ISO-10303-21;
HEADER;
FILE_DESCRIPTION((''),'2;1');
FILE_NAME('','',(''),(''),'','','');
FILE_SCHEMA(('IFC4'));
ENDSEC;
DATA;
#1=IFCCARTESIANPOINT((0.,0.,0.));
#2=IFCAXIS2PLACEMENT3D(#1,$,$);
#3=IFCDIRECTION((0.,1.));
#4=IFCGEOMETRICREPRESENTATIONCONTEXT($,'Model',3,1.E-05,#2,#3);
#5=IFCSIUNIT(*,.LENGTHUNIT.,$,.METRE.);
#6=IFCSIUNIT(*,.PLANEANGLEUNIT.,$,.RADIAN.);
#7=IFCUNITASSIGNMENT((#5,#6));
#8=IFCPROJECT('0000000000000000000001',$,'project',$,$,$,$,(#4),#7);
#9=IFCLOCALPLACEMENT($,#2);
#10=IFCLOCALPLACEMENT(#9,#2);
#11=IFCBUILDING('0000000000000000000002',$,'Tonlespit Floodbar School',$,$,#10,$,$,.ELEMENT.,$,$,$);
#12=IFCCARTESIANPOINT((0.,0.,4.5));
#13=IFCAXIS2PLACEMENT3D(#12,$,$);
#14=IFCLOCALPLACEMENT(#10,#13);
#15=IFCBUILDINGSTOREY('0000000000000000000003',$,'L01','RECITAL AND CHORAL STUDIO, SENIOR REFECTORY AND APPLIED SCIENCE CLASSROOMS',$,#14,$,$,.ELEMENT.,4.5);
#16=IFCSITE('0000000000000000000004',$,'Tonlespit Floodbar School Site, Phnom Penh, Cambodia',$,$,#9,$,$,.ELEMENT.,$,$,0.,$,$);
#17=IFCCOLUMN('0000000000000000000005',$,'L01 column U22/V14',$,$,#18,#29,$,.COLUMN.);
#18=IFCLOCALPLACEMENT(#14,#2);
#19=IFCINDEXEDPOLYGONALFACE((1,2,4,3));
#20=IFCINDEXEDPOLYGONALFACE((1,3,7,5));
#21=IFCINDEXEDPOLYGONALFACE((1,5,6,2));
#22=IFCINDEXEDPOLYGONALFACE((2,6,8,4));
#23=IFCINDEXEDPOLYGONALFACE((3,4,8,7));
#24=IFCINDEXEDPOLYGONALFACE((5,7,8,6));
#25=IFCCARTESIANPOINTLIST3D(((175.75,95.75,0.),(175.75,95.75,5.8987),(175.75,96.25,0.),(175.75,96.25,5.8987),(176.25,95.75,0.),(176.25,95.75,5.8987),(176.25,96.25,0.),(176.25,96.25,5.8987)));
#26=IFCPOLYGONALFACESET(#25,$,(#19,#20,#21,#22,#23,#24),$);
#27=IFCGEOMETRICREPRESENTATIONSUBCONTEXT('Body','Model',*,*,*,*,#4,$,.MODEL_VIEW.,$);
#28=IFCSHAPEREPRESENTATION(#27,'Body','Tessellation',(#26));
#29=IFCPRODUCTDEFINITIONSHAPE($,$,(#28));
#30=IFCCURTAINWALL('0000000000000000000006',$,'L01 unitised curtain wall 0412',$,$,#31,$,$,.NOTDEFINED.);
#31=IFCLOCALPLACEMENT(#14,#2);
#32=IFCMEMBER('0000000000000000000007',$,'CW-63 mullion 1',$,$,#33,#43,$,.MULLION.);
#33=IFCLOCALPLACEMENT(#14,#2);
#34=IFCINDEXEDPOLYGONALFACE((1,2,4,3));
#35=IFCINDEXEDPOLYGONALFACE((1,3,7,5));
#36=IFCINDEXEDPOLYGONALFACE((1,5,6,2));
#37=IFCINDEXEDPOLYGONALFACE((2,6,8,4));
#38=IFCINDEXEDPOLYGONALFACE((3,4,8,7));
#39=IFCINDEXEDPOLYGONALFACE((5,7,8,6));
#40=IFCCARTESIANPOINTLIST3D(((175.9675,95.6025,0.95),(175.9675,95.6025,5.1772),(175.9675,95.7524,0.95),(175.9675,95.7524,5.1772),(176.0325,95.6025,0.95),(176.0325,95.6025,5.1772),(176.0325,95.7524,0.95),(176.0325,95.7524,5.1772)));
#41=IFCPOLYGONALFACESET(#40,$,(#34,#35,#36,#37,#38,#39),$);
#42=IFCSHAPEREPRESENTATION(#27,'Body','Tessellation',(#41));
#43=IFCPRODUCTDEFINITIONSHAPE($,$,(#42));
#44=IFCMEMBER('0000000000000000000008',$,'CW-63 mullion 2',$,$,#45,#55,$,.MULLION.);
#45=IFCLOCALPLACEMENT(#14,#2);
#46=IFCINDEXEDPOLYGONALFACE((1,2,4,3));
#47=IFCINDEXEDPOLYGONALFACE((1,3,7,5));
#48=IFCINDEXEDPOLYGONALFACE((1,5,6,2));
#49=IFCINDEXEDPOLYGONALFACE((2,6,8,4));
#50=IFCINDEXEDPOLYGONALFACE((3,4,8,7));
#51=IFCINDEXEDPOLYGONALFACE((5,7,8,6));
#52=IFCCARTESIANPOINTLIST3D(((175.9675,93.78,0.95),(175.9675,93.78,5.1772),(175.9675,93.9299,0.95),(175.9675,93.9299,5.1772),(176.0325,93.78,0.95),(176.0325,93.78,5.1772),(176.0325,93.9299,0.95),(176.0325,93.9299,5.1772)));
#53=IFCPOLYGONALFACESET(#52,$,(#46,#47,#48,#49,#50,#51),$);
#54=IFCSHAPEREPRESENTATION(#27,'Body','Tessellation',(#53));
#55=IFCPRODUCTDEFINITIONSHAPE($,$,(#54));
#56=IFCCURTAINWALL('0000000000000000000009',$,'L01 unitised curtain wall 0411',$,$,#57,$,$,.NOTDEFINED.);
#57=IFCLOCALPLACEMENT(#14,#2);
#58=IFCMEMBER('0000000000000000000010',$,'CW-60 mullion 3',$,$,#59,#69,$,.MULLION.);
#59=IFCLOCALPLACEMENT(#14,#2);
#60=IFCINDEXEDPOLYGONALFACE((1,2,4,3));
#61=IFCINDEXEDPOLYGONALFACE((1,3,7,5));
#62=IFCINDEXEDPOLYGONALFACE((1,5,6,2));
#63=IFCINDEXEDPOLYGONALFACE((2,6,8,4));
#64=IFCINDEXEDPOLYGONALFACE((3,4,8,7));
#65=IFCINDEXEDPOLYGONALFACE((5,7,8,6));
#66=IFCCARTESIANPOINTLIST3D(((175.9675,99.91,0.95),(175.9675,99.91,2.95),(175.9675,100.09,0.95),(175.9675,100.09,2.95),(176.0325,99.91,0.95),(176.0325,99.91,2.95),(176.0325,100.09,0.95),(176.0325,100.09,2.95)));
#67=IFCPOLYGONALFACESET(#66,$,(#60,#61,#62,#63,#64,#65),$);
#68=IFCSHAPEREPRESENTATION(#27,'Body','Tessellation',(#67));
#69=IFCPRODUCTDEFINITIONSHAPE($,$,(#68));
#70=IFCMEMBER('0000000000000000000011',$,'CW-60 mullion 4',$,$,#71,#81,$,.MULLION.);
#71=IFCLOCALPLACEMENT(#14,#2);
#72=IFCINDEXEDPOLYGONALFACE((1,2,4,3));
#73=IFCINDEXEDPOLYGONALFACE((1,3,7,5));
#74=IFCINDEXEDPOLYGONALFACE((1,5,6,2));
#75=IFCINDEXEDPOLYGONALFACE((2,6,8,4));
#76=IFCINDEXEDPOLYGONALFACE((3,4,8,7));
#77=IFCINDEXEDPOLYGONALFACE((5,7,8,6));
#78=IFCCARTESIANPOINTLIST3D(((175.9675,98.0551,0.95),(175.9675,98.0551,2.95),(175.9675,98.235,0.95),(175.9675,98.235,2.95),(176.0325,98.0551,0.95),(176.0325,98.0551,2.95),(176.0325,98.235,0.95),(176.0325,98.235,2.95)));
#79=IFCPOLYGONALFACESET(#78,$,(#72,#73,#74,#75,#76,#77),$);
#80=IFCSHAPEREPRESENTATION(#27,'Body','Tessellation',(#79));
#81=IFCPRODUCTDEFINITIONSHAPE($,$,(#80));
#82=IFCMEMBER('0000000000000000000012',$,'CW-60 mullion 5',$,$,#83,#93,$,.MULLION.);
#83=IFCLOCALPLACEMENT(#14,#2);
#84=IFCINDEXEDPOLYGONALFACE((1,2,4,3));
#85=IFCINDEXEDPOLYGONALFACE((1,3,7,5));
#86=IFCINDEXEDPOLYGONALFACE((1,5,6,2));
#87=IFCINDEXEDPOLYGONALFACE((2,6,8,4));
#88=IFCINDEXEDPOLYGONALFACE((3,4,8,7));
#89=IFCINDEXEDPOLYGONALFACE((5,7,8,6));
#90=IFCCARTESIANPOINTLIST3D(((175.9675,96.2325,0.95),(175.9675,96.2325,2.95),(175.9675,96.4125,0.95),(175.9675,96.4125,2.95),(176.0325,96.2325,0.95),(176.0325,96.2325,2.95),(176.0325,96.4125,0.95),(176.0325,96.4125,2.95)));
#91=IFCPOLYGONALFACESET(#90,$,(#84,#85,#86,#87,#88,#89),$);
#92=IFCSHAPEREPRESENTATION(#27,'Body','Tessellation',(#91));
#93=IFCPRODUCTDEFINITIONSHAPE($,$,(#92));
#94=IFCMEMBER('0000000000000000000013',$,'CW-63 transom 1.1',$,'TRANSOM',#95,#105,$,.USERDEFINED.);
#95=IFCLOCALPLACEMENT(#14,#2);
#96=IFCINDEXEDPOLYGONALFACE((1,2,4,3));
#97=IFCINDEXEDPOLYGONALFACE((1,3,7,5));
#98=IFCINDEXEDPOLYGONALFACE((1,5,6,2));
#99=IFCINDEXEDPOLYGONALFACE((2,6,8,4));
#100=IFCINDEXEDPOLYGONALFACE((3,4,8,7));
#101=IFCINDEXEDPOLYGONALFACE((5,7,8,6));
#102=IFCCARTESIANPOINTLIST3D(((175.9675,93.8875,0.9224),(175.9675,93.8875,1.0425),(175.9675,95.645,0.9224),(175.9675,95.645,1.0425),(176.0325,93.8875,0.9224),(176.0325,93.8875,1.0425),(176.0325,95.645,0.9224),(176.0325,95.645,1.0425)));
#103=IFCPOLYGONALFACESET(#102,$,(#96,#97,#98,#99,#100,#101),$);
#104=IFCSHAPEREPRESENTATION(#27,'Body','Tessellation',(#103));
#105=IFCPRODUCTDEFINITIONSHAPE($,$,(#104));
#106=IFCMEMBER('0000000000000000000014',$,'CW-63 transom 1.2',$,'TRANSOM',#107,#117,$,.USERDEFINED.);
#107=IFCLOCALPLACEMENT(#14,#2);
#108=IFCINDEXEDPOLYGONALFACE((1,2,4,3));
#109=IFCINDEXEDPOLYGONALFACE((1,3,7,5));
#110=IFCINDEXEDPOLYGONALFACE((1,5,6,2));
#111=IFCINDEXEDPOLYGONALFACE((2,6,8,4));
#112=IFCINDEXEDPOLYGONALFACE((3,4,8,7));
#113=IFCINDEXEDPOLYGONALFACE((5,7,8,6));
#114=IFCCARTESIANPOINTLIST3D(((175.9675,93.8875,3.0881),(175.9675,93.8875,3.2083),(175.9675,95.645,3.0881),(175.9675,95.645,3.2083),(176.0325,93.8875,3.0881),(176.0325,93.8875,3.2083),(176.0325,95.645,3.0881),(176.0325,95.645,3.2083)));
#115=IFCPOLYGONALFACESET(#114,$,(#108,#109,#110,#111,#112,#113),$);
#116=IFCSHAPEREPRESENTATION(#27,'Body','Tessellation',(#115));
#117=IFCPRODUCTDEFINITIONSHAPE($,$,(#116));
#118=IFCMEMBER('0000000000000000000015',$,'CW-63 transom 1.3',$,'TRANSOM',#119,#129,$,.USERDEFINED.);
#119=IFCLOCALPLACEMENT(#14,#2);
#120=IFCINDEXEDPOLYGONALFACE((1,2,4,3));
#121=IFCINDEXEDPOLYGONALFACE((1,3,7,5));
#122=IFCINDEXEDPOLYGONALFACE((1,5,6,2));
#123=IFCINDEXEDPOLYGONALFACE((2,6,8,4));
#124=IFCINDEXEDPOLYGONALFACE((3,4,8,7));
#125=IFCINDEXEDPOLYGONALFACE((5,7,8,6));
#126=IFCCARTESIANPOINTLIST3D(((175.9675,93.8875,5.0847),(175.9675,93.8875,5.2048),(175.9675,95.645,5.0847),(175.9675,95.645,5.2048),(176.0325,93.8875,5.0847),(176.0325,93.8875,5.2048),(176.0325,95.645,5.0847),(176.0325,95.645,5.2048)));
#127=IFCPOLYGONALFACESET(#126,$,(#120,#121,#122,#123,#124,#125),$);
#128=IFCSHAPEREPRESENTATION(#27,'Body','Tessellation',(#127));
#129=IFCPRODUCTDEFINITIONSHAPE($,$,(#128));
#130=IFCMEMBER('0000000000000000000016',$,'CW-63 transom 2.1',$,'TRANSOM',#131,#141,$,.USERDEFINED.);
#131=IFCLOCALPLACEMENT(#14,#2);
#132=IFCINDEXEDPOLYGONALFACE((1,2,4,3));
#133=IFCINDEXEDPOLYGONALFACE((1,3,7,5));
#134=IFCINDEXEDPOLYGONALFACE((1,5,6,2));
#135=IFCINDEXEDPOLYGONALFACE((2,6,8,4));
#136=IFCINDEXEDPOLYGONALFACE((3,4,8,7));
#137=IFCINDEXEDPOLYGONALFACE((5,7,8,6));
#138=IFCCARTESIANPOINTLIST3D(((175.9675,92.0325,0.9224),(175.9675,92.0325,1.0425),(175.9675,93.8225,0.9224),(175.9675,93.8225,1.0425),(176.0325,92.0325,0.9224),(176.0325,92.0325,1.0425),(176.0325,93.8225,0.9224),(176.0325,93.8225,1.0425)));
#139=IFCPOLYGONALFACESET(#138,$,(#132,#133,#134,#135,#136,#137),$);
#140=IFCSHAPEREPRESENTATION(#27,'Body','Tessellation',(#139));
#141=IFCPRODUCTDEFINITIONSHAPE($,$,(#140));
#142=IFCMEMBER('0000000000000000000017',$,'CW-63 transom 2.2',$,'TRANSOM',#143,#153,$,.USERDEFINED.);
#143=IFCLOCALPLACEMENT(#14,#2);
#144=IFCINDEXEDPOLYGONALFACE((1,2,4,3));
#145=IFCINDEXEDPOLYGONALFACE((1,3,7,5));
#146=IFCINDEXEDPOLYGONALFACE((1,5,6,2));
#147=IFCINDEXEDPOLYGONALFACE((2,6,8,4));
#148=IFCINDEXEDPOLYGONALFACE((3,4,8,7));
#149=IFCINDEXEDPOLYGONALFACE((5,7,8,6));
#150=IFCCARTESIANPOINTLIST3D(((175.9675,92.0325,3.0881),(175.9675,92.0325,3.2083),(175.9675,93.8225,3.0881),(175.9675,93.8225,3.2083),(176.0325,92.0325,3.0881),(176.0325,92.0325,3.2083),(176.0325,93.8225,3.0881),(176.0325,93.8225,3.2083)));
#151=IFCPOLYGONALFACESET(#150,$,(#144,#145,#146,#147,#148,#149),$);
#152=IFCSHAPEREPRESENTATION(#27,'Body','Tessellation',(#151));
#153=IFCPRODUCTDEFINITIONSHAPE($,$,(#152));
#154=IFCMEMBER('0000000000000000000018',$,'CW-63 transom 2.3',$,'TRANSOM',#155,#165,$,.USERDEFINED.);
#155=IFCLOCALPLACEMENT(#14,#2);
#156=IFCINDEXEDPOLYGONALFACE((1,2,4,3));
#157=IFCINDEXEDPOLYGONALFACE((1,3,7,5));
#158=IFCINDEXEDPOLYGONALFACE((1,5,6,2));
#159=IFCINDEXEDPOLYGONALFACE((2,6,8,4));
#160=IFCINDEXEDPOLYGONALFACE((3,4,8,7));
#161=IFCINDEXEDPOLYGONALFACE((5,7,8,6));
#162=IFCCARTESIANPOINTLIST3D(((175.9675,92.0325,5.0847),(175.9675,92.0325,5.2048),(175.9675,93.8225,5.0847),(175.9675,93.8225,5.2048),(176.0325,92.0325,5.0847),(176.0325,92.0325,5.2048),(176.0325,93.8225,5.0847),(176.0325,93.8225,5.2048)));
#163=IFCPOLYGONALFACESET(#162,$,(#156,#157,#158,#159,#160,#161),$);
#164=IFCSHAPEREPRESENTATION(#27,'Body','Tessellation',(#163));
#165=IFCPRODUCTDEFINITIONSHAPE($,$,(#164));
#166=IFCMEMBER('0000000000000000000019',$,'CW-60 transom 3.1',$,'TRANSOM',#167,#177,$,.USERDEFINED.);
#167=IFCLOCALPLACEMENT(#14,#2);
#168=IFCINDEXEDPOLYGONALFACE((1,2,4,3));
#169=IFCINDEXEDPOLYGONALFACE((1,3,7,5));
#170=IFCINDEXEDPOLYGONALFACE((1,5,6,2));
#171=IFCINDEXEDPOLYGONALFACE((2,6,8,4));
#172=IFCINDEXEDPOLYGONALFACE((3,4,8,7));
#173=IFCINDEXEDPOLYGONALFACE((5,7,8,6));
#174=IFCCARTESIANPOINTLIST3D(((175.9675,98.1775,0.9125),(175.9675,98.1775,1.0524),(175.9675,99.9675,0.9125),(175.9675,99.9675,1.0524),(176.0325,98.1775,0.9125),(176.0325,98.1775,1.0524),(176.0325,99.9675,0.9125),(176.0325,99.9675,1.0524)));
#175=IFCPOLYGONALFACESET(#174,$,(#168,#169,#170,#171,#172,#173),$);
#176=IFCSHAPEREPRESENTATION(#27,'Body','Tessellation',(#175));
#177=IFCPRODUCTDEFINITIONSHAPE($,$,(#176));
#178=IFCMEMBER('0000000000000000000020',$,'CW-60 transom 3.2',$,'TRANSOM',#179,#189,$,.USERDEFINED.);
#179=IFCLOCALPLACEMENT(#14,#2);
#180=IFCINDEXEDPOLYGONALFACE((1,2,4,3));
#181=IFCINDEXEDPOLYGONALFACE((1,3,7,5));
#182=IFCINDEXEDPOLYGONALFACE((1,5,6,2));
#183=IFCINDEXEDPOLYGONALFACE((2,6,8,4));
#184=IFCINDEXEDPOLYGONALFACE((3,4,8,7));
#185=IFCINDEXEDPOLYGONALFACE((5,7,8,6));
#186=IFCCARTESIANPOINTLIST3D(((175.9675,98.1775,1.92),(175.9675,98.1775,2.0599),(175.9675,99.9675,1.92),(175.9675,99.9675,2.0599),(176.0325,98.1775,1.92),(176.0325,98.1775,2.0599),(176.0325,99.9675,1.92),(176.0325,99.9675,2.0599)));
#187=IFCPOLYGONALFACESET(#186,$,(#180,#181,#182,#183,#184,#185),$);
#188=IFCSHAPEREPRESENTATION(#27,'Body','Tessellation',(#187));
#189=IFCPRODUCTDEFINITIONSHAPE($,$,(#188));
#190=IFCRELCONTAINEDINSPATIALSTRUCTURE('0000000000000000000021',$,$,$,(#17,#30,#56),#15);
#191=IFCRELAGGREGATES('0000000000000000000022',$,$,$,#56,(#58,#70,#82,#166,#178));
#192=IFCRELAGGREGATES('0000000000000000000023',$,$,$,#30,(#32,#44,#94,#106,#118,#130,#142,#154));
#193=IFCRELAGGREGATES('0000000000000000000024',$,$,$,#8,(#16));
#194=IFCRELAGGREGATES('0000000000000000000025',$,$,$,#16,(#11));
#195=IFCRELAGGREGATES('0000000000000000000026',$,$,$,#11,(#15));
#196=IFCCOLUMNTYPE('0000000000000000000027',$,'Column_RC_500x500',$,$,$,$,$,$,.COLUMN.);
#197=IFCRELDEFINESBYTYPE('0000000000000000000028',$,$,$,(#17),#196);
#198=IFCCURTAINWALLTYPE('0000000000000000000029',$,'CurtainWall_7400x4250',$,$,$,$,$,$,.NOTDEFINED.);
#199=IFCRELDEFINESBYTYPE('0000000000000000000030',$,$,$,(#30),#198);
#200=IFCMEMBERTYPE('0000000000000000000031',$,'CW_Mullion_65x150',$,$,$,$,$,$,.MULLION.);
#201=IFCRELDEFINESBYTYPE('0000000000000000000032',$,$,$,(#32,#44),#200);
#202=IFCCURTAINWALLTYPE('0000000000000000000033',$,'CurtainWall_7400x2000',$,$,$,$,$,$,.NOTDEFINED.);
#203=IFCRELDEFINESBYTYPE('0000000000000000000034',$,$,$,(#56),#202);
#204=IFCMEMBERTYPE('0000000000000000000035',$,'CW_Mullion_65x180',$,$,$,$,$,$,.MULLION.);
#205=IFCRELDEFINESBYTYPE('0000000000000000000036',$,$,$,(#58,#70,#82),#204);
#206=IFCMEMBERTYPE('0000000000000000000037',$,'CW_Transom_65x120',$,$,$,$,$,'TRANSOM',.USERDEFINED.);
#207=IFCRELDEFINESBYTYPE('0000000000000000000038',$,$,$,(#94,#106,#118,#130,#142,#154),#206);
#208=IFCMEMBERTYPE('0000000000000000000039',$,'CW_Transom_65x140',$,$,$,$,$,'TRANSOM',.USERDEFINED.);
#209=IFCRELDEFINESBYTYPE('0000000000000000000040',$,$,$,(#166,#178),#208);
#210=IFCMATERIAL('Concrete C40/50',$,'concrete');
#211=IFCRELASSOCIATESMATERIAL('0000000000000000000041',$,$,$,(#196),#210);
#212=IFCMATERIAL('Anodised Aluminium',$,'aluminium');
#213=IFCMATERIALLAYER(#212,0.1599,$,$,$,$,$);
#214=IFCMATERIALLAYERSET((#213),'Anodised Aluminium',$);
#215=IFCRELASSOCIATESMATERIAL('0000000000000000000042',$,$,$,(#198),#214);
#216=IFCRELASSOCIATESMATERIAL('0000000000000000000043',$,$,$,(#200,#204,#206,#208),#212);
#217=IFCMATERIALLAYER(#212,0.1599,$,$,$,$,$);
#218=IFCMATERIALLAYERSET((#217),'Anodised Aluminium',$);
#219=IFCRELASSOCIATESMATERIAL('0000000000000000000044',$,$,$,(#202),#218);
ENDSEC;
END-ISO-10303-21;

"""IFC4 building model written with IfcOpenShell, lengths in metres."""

from ifc_helpers import new_model, si_unit, direction, frame, origin, origin_2d, place, context, subcontext, project, spatial, rectangle, extrude, material, layer, layer_set, material_profile, profile_set, type_object, element, aggregate, save


model = new_model("IFC4")

# Units and contexts
model_context = context("Model", 3, precision=1e-05, world=origin(), true_north=direction((0.0, 1.0)))
body_context = subcontext(model_context, "Body", "Model", "MODEL_VIEW")
ifc_project = project(units=[si_unit("LENGTHUNIT", "METRE"), si_unit("PLANEANGLEUNIT", "RADIAN")], contexts=[model_context])

# Site, building, storey
site_placement = place(None, origin())
site = spatial("IfcSite", under=ifc_project, at=site_placement, Name="Tonlespit Floodbar School Site, Phnom Penh, Cambodia", CompositionType="ELEMENT", RefElevation=0.0)
building_placement = place(site_placement, origin())
building = spatial("IfcBuilding", under=site, at=building_placement, Name="Tonlespit Floodbar School", CompositionType="ELEMENT")
storey_placement = place(building_placement, frame((0.0, 0.0, 4.5)))
storey = spatial("IfcBuildingStorey", under=building, at=storey_placement, Name="L01", Description="RECITAL AND CHORAL STUDIO, SENIOR REFECTORY AND APPLIED SCIENCE CLASSROOMS", CompositionType="ELEMENT", Elevation=4.5)

# Column
ifc_material_1 = material(Name="Concrete C40/50", Category="concrete")
ifc_material_profile_1 = material_profile(ifc_material_1, rectangle(XDim=0.5, YDim=0.5, at=origin_2d()), Name="RC 500x500")
ifc_profile_set_1 = profile_set([ifc_material_profile_1], Name="Concrete C40/50")
column_type = type_object("IfcColumnType", Name="Column_RC_500x500", PredefinedType="COLUMN", material=ifc_profile_set_1)
column_placement = place(storey_placement, frame((176.0, 96.0, 0.0), z_axis=(0.0, 0.0, 1.0), x_axis=(1.0, 0.0, 0.0)))
element("IfcColumn", 1, at=column_placement, inside=storey, type_object=column_type, Name="L01 column U22/V14", PredefinedType="COLUMN", context=body_context, shape_type="SweptSolid", body=[
    extrude(rectangle(XDim=0.5, YDim=0.5, at=origin_2d()), origin(), (0.0, 0.0, 1.0), 5.8987),
])

# Curtain walls, members
ifc_material_2 = material(Name="Anodised Aluminium", Category="aluminium")
ifc_layer_1 = layer(ifc_material_2, 0.1599)
ifc_layer_set_1 = layer_set([ifc_layer_1], Name="Anodised Aluminium")
curtain_wall_type_1 = type_object("IfcCurtainWallType", Name="CurtainWall_7400x4250", PredefinedType="NOTDEFINED", material=ifc_layer_set_1)
curtain_wall_1_placement = place(storey_placement, origin())
curtain_wall_1 = element("IfcCurtainWall", 2, at=curtain_wall_1_placement, inside=storey, type_object=curtain_wall_type_1, Name="L01 unitised curtain wall 0412", PredefinedType="NOTDEFINED")
ifc_material_profile_2 = material_profile(ifc_material_2, rectangle(XDim=0.0649, YDim=0.1499, at=origin_2d()), Name="ALU M65x150")
ifc_profile_set_2 = profile_set([ifc_material_profile_2], Name="Anodised Aluminium")
member_type_1 = type_object("IfcMemberType", Name="CW_Mullion_65x150", PredefinedType="MULLION", material=ifc_profile_set_2)
member_1_placement = place(storey_placement, frame((176.0, 95.6775, 0.95), z_axis=(0.0, 0.0, 1.0), x_axis=(1.0, 0.0, 0.0)))
member_1 = element("IfcMember", 3, at=member_1_placement, type_object=member_type_1, Name="CW-63 mullion 1", PredefinedType="MULLION", context=body_context, shape_type="SweptSolid", body=[
    extrude(rectangle(XDim=0.0649, YDim=0.1499, at=origin_2d()), origin(), (0.0, 0.0, 1.0), 4.2273),
])
member_2_placement = place(storey_placement, frame((176.0, 93.855, 0.95), z_axis=(0.0, 0.0, 1.0), x_axis=(1.0, 0.0, 0.0)))
member_2 = element("IfcMember", 4, at=member_2_placement, type_object=member_type_1, Name="CW-63 mullion 2", PredefinedType="MULLION", context=body_context, shape_type="SweptSolid", body=[
    extrude(rectangle(XDim=0.0649, YDim=0.1499, at=origin_2d()), origin(), (0.0, 0.0, 1.0), 4.2273),
])
ifc_layer_2 = layer(ifc_material_2, 0.1599)
ifc_layer_set_2 = layer_set([ifc_layer_2], Name="Anodised Aluminium")
curtain_wall_type_2 = type_object("IfcCurtainWallType", Name="CurtainWall_7400x2000", PredefinedType="NOTDEFINED", material=ifc_layer_set_2)
curtain_wall_2_placement = place(storey_placement, origin())
curtain_wall_2 = element("IfcCurtainWall", 5, at=curtain_wall_2_placement, inside=storey, type_object=curtain_wall_type_2, Name="L01 unitised curtain wall 0411", PredefinedType="NOTDEFINED")
ifc_material_profile_3 = material_profile(ifc_material_2, rectangle(XDim=0.0649, YDim=0.1799, at=origin_2d()), Name="ALU M65x180")
ifc_profile_set_3 = profile_set([ifc_material_profile_3], Name="Anodised Aluminium")
member_type_2 = type_object("IfcMemberType", Name="CW_Mullion_65x180", PredefinedType="MULLION", material=ifc_profile_set_3)
member_3_placement = place(storey_placement, frame((176.0, 100.0, 0.95), z_axis=(0.0, 0.0, 1.0), x_axis=(1.0, 0.0, 0.0)))
member_3 = element("IfcMember", 6, at=member_3_placement, type_object=member_type_2, Name="CW-60 mullion 3", PredefinedType="MULLION", context=body_context, shape_type="SweptSolid", body=[
    extrude(rectangle(XDim=0.0649, YDim=0.1799, at=origin_2d()), origin(), (0.0, 0.0, 1.0), 2.0),
])
member_4_placement = place(storey_placement, frame((176.0, 98.145, 0.95), z_axis=(0.0, 0.0, 1.0), x_axis=(1.0, 0.0, 0.0)))
member_4 = element("IfcMember", 7, at=member_4_placement, type_object=member_type_2, Name="CW-60 mullion 4", PredefinedType="MULLION", context=body_context, shape_type="SweptSolid", body=[
    extrude(rectangle(XDim=0.0649, YDim=0.1799, at=origin_2d()), origin(), (0.0, 0.0, 1.0), 2.0),
])
member_5_placement = place(storey_placement, frame((176.0, 96.3225, 0.95), z_axis=(0.0, 0.0, 1.0), x_axis=(1.0, 0.0, 0.0)))
member_5 = element("IfcMember", 8, at=member_5_placement, type_object=member_type_2, Name="CW-60 mullion 5", PredefinedType="MULLION", context=body_context, shape_type="SweptSolid", body=[
    extrude(rectangle(XDim=0.0649, YDim=0.1799, at=origin_2d()), origin(), (0.0, 0.0, 1.0), 2.0),
])

# Members
ifc_material_profile_4 = material_profile(ifc_material_2, rectangle(XDim=0.0649, YDim=0.1201, at=origin_2d()), Name="ALU T65x120")
ifc_profile_set_4 = profile_set([ifc_material_profile_4], Name="Anodised Aluminium")
member_type_3 = type_object("IfcMemberType", Name="CW_Transom_65x120", ElementType="TRANSOM", PredefinedType="USERDEFINED", material=ifc_profile_set_4)
member_6_placement = place(storey_placement, frame((176.0, 95.645, 0.9824), z_axis=(0.0, -1.0, 0.0), x_axis=(1.0, 0.0, 0.0)))
member_6 = element("IfcMember", 9, at=member_6_placement, type_object=member_type_3, Name="CW-63 transom 1.1", ObjectType="TRANSOM", PredefinedType="USERDEFINED", context=body_context, shape_type="SweptSolid", body=[
    extrude(rectangle(XDim=0.0649, YDim=0.1201, at=origin_2d()), origin(), (0.0, 0.0, 1.0), 1.7576),
])
member_7_placement = place(storey_placement, frame((176.0, 95.645, 3.1482), z_axis=(0.0, -1.0, 0.0), x_axis=(1.0, 0.0, 0.0)))
member_7 = element("IfcMember", 10, at=member_7_placement, type_object=member_type_3, Name="CW-63 transom 1.2", ObjectType="TRANSOM", PredefinedType="USERDEFINED", context=body_context, shape_type="SweptSolid", body=[
    extrude(rectangle(XDim=0.0649, YDim=0.1201, at=origin_2d()), origin(), (0.0, 0.0, 1.0), 1.7576),
])
member_8_placement = place(storey_placement, frame((176.0, 95.645, 5.1448), z_axis=(0.0, -1.0, 0.0), x_axis=(1.0, 0.0, 0.0)))
member_8 = element("IfcMember", 11, at=member_8_placement, type_object=member_type_3, Name="CW-63 transom 1.3", ObjectType="TRANSOM", PredefinedType="USERDEFINED", context=body_context, shape_type="SweptSolid", body=[
    extrude(rectangle(XDim=0.0649, YDim=0.1201, at=origin_2d()), origin(), (0.0, 0.0, 1.0), 1.7576),
])
member_9_placement = place(storey_placement, frame((176.0, 93.8225, 0.9824), z_axis=(0.0, -1.0, 0.0), x_axis=(1.0, 0.0, 0.0)))
member_9 = element("IfcMember", 12, at=member_9_placement, type_object=member_type_3, Name="CW-63 transom 2.1", ObjectType="TRANSOM", PredefinedType="USERDEFINED", context=body_context, shape_type="SweptSolid", body=[
    extrude(rectangle(XDim=0.0649, YDim=0.1201, at=origin_2d()), origin(), (0.0, 0.0, 1.0), 1.79),
])
member_10_placement = place(storey_placement, frame((176.0, 93.8225, 3.1482), z_axis=(0.0, -1.0, 0.0), x_axis=(1.0, 0.0, 0.0)))
member_10 = element("IfcMember", 13, at=member_10_placement, type_object=member_type_3, Name="CW-63 transom 2.2", ObjectType="TRANSOM", PredefinedType="USERDEFINED", context=body_context, shape_type="SweptSolid", body=[
    extrude(rectangle(XDim=0.0649, YDim=0.1201, at=origin_2d()), origin(), (0.0, 0.0, 1.0), 1.79),
])
member_11_placement = place(storey_placement, frame((176.0, 93.8225, 5.1448), z_axis=(0.0, -1.0, 0.0), x_axis=(1.0, 0.0, 0.0)))
member_11 = element("IfcMember", 14, at=member_11_placement, type_object=member_type_3, Name="CW-63 transom 2.3", ObjectType="TRANSOM", PredefinedType="USERDEFINED", context=body_context, shape_type="SweptSolid", body=[
    extrude(rectangle(XDim=0.0649, YDim=0.1201, at=origin_2d()), origin(), (0.0, 0.0, 1.0), 1.79),
])
ifc_material_profile_5 = material_profile(ifc_material_2, rectangle(XDim=0.0649, YDim=0.1399, at=origin_2d()), Name="ALU T65x140")
ifc_profile_set_5 = profile_set([ifc_material_profile_5], Name="Anodised Aluminium")
member_type_4 = type_object("IfcMemberType", Name="CW_Transom_65x140", ElementType="TRANSOM", PredefinedType="USERDEFINED", material=ifc_profile_set_5)
member_12_placement = place(storey_placement, frame((176.0, 99.9675, 0.9824), z_axis=(0.0, -1.0, 0.0), x_axis=(1.0, 0.0, 0.0)))
member_12 = element("IfcMember", 15, at=member_12_placement, type_object=member_type_4, Name="CW-60 transom 3.1", ObjectType="TRANSOM", PredefinedType="USERDEFINED", context=body_context, shape_type="SweptSolid", body=[
    extrude(rectangle(XDim=0.0649, YDim=0.1399, at=origin_2d()), origin(), (0.0, 0.0, 1.0), 1.79),
])
member_13_placement = place(storey_placement, frame((176.0, 99.9675, 1.99), z_axis=(0.0, -1.0, 0.0), x_axis=(1.0, 0.0, 0.0)))
member_13 = element("IfcMember", 16, at=member_13_placement, type_object=member_type_4, Name="CW-60 transom 3.2", ObjectType="TRANSOM", PredefinedType="USERDEFINED", context=body_context, shape_type="SweptSolid", body=[
    extrude(rectangle(XDim=0.0649, YDim=0.1399, at=origin_2d()), origin(), (0.0, 0.0, 1.0), 1.79),
])

aggregate(curtain_wall_2, [member_3, member_4, member_5, member_12, member_13])
aggregate(curtain_wall_1, [member_1, member_2, member_6, member_7, member_8, member_9, member_10, member_11])

save(model, "model.ifc")
